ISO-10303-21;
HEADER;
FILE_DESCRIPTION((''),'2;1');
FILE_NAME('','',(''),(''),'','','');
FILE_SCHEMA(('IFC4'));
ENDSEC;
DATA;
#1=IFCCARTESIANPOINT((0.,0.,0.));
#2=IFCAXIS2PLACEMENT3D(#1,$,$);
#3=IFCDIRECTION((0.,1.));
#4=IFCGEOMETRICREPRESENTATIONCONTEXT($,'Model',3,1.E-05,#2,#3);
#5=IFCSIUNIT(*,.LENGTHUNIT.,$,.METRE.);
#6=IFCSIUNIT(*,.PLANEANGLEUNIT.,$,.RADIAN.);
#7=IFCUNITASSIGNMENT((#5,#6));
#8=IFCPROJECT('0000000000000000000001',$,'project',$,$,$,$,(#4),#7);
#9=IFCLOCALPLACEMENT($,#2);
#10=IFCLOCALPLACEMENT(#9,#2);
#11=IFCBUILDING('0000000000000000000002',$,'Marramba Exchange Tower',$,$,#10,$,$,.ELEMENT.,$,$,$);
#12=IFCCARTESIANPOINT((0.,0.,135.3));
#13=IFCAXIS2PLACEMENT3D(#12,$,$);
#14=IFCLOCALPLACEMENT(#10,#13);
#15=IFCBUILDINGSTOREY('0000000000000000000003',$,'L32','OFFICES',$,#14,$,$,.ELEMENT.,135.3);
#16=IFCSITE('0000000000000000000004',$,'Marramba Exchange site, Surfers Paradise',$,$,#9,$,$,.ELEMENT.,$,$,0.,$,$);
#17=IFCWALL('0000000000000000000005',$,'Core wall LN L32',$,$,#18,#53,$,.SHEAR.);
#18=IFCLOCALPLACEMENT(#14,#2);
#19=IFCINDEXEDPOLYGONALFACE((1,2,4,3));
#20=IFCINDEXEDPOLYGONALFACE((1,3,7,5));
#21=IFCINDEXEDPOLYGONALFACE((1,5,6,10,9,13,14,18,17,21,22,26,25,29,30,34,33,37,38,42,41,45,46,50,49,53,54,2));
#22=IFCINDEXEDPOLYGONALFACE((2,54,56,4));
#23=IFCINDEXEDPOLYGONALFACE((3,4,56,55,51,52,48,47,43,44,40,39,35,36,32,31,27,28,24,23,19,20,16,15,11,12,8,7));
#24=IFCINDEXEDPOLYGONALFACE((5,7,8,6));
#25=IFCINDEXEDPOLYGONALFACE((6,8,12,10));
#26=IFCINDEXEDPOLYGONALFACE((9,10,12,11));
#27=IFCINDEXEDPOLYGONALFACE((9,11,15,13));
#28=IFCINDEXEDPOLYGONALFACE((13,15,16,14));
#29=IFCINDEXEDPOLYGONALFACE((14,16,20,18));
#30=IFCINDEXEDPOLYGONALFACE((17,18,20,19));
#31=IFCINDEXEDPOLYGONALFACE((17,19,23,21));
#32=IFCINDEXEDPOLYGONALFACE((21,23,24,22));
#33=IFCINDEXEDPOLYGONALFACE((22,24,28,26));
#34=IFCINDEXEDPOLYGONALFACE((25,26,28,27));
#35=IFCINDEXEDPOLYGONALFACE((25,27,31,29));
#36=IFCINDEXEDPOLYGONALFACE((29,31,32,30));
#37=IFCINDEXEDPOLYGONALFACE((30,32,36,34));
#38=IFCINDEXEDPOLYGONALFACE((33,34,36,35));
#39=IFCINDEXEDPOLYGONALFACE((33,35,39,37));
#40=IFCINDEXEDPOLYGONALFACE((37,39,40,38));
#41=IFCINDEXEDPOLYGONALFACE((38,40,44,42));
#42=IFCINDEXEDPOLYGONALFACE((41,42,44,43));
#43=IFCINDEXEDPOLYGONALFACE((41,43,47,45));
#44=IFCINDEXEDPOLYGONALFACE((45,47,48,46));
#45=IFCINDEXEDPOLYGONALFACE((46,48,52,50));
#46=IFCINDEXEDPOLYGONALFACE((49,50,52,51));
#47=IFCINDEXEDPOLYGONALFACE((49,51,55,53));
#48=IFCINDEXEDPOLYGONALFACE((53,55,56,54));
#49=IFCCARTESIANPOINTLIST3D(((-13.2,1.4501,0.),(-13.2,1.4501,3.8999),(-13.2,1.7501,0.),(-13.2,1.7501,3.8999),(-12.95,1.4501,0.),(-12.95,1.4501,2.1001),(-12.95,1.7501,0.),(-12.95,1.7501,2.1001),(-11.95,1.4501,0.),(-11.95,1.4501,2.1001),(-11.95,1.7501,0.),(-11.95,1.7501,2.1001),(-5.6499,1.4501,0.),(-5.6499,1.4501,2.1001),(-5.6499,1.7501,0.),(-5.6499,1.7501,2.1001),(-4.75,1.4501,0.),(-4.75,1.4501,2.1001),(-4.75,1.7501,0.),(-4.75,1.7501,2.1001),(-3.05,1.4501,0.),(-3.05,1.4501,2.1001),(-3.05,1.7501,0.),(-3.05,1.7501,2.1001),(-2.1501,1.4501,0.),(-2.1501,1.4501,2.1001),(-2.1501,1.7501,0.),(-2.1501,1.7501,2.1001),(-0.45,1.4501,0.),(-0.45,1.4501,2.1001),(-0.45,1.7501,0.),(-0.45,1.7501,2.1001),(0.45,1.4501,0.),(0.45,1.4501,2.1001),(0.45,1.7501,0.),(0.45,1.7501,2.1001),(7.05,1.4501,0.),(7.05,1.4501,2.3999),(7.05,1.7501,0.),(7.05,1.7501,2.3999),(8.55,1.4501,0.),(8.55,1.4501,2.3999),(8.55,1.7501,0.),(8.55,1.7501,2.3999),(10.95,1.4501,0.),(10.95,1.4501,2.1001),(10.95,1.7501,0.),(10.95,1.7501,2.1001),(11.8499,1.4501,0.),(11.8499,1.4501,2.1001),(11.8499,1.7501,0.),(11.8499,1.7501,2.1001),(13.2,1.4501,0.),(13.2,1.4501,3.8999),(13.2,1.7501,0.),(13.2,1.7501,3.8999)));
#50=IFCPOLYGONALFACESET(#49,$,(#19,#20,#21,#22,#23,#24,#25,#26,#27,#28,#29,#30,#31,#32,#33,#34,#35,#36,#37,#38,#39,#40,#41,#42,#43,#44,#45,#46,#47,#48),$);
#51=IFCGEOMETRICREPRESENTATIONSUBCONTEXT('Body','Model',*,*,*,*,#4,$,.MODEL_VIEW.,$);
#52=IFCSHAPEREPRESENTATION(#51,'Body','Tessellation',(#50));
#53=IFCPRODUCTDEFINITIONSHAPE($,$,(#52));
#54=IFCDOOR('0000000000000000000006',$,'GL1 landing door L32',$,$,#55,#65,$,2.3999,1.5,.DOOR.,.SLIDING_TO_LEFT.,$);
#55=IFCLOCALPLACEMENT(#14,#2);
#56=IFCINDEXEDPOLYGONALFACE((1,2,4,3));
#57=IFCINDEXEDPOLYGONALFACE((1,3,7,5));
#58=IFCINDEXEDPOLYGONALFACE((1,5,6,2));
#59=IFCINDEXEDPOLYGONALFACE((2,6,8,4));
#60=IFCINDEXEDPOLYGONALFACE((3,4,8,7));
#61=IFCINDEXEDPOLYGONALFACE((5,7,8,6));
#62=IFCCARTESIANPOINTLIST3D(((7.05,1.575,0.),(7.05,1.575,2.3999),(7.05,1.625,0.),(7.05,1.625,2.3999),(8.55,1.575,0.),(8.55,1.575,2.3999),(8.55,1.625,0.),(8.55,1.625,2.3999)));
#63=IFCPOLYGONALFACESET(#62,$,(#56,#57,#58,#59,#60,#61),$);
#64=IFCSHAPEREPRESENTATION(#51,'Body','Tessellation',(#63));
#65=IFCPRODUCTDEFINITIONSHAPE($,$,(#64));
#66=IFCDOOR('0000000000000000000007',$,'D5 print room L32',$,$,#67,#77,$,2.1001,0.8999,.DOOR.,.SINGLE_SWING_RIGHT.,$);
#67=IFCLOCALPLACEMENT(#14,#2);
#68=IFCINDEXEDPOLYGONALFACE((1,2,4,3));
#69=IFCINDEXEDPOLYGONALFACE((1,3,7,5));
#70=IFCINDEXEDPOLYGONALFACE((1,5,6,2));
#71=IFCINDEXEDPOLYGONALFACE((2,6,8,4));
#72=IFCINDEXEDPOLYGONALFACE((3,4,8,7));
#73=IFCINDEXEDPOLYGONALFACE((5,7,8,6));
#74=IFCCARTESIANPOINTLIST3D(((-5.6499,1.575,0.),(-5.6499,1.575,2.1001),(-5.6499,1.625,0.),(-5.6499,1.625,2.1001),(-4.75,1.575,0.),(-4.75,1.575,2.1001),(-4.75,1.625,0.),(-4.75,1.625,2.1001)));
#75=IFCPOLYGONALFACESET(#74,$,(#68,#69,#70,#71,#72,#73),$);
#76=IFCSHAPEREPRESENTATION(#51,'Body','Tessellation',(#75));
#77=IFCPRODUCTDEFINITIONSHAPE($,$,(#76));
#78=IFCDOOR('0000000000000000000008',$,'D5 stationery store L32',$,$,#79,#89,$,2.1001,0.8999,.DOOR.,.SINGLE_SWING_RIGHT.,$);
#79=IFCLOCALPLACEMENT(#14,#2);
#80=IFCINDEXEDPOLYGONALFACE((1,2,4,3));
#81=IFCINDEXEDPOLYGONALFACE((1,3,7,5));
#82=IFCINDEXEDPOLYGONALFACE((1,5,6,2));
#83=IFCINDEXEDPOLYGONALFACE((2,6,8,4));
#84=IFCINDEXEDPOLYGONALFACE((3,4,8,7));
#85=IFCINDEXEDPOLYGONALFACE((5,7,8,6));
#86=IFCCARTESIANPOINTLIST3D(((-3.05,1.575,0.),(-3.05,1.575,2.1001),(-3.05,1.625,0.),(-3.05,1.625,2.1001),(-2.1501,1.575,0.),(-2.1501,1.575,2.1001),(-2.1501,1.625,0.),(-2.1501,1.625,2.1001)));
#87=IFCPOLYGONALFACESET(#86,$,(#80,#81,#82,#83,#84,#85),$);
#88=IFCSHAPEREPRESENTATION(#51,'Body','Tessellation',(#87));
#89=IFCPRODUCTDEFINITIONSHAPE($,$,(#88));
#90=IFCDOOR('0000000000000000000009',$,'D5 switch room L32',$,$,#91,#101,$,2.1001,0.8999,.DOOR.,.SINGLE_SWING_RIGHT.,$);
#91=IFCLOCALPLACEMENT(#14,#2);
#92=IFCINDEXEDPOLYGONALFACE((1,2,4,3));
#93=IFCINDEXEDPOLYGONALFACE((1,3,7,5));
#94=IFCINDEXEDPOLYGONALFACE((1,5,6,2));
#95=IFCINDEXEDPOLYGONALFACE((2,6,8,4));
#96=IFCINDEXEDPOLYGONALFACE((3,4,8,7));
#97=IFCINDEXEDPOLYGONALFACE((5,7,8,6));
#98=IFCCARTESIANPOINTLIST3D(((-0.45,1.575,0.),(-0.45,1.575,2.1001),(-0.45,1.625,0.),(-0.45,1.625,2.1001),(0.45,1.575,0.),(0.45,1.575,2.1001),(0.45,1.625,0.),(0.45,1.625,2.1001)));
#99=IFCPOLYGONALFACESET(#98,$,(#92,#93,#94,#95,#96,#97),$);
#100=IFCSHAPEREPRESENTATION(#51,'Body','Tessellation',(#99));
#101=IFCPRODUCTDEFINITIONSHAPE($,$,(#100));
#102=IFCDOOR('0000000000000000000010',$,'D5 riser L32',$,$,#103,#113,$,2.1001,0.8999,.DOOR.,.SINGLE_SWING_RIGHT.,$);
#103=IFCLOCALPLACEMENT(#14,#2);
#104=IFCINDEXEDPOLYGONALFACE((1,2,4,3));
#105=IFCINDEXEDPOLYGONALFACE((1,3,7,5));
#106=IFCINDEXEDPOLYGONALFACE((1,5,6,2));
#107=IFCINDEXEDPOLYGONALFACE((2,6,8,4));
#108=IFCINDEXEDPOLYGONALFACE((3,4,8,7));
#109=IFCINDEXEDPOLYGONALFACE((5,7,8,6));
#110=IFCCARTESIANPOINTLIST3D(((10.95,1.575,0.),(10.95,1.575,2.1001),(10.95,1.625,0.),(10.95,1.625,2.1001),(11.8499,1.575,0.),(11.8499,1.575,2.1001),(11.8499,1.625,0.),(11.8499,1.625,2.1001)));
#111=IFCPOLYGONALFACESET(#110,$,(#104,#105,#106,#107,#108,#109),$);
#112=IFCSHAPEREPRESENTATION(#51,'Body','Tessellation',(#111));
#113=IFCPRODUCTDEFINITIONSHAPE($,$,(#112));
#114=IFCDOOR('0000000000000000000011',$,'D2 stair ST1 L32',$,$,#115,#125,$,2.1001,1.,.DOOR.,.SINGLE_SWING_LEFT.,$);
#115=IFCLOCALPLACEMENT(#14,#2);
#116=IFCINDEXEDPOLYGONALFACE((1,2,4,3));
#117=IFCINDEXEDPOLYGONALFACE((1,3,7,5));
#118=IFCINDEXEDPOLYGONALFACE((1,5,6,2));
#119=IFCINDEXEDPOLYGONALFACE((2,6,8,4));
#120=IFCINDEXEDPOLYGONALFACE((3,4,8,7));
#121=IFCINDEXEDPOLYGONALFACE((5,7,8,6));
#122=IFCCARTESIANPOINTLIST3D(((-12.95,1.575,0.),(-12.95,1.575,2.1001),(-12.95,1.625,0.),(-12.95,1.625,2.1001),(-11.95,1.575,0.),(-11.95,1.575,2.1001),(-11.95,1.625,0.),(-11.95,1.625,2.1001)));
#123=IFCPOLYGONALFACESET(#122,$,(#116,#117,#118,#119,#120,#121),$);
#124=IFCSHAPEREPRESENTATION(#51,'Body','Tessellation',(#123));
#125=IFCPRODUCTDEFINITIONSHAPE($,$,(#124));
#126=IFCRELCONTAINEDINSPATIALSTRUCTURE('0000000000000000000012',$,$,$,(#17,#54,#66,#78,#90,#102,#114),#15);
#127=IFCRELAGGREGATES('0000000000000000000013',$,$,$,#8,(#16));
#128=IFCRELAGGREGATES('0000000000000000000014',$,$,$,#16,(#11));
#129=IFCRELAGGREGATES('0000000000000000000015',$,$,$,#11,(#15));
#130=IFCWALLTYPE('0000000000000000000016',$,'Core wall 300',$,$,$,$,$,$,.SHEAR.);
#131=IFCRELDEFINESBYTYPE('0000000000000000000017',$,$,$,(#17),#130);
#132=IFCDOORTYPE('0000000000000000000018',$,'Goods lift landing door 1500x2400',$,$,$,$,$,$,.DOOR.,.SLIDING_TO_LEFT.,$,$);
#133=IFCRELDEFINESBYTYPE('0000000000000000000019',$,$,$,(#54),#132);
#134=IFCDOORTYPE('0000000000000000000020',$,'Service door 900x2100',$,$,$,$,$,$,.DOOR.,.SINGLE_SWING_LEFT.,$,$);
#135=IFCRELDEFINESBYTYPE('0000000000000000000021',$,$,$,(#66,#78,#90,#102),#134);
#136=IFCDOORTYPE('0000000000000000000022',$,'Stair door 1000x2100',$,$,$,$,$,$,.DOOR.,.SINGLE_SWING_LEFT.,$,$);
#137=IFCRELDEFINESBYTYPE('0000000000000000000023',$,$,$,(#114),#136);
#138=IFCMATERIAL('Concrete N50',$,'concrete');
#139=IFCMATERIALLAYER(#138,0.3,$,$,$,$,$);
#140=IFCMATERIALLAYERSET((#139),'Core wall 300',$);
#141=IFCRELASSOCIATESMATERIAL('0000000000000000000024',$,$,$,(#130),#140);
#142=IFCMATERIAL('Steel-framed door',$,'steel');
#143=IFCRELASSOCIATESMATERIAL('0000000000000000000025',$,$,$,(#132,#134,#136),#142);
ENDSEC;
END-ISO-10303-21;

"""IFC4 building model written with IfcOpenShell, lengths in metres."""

from ifc_helpers import new_model, si_unit, direction, frame, frame_2d, origin, place, context, subcontext, project, spatial, rectangle, extrude, material, layer, layer_set, type_object, element, fill, save


model = new_model("IFC4")

# Units and contexts
model_context = context("Model", 3, precision=1e-05, world=origin(), true_north=direction((0.0, 1.0)))
body_context = subcontext(model_context, "Body", "Model", "MODEL_VIEW")
ifc_project = project(units=[si_unit("LENGTHUNIT", "METRE"), si_unit("PLANEANGLEUNIT", "RADIAN")], contexts=[model_context])

# Site, building, storey
site_placement = place(None, origin())
site = spatial("IfcSite", under=ifc_project, at=site_placement, Name="Marramba Exchange site, Surfers Paradise", CompositionType="ELEMENT", RefElevation=0.0)
building_placement = place(site_placement, origin())
building = spatial("IfcBuilding", under=site, at=building_placement, Name="Marramba Exchange Tower", CompositionType="ELEMENT")
storey_placement = place(building_placement, frame((0.0, 0.0, 135.3)))
storey = spatial("IfcBuildingStorey", under=building, at=storey_placement, Name="L32", Description="OFFICES", CompositionType="ELEMENT", Elevation=135.3)

# Wall, openings, doors
ifc_material_1 = material(Name="Concrete N50", Category="concrete")
ifc_layer_1 = layer(ifc_material_1, 0.3)
ifc_layer_set_1 = layer_set([ifc_layer_1], Name="Core wall 300")
wall_type_1 = type_object("IfcWallType", Name="Core wall 300", PredefinedType="SHEAR", material=ifc_layer_set_1)
wall_1_placement = place(storey_placement, frame((-13.2, 1.6001, 0.0), z_axis=(0.0, 0.0, 1.0), x_axis=(1.0, 0.0, 0.0)))
wall_1 = element("IfcWall", 1, at=wall_1_placement, inside=storey, type_object=wall_type_1, Name="Core wall LN L32", PredefinedType="SHEAR", context=body_context, shape_type="SweptSolid", body=[
    extrude(rectangle(XDim=26.3999, YDim=0.3, at=frame_2d((13.2, 0.0))), origin(), (0.0, 0.0, 1.0), 3.8999),
])
opening_1_placement = place(wall_1_placement, frame((0.25, 0.0, 0.0)))
opening_1 = element("IfcOpeningElement", 2, at=opening_1_placement, cuts=wall_1, PredefinedType="OPENING", context=body_context, shape_type="SweptSolid", body=[
    extrude(rectangle(XDim=1.0, YDim=2.1001, at=frame_2d((0.5, 1.05))), frame((0.0, 0.1599, 0.0), z_axis=(0.0, -1.0, 0.0), x_axis=(1.0, 0.0, 0.0)), (0.0, 0.0, 1.0), 0.3201),
])
opening_2_placement = place(wall_1_placement, frame((20.25, 0.0, 0.0)))
opening_2 = element("IfcOpeningElement", 3, at=opening_2_placement, cuts=wall_1, PredefinedType="OPENING", context=body_context, shape_type="SweptSolid", body=[
    extrude(rectangle(XDim=1.5, YDim=2.3999, at=frame_2d((0.75, 1.2))), frame((0.0, 0.1599, 0.0), z_axis=(0.0, -1.0, 0.0), x_axis=(1.0, 0.0, 0.0)), (0.0, 0.0, 1.0), 0.3201),
])
opening_3_placement = place(wall_1_placement, frame((7.55, 0.0, 0.0)))
opening_3 = element("IfcOpeningElement", 4, at=opening_3_placement, cuts=wall_1, PredefinedType="OPENING", context=body_context, shape_type="SweptSolid", body=[
    extrude(rectangle(XDim=0.8999, YDim=2.1001, at=frame_2d((0.45, 1.05))), frame((0.0, 0.1599, 0.0), z_axis=(0.0, -1.0, 0.0), x_axis=(1.0, 0.0, 0.0)), (0.0, 0.0, 1.0), 0.3201),
])
opening_4_placement = place(wall_1_placement, frame((10.1499, 0.0, 0.0)))
opening_4 = element("IfcOpeningElement", 5, at=opening_4_placement, cuts=wall_1, PredefinedType="OPENING", context=body_context, shape_type="SweptSolid", body=[
    extrude(rectangle(XDim=0.8999, YDim=2.1001, at=frame_2d((0.45, 1.05))), frame((0.0, 0.1599, 0.0), z_axis=(0.0, -1.0, 0.0), x_axis=(1.0, 0.0, 0.0)), (0.0, 0.0, 1.0), 0.3201),
])
opening_5_placement = place(wall_1_placement, frame((12.75, 0.0, 0.0)))
opening_5 = element("IfcOpeningElement", 6, at=opening_5_placement, cuts=wall_1, PredefinedType="OPENING", context=body_context, shape_type="SweptSolid", body=[
    extrude(rectangle(XDim=0.8999, YDim=2.1001, at=frame_2d((0.45, 1.05))), frame((0.0, 0.1599, 0.0), z_axis=(0.0, -1.0, 0.0), x_axis=(1.0, 0.0, 0.0)), (0.0, 0.0, 1.0), 0.3201),
])
opening_6_placement = place(wall_1_placement, frame((24.1499, 0.0, 0.0)))
opening_6 = element("IfcOpeningElement", 7, at=opening_6_placement, cuts=wall_1, PredefinedType="OPENING", context=body_context, shape_type="SweptSolid", body=[
    extrude(rectangle(XDim=0.8999, YDim=2.1001, at=frame_2d((0.45, 1.05))), frame((0.0, 0.1599, 0.0), z_axis=(0.0, -1.0, 0.0), x_axis=(1.0, 0.0, 0.0)), (0.0, 0.0, 1.0), 0.3201),
])
ifc_material_2 = material(Name="Steel-framed door", Category="steel")
door_type_1 = type_object("IfcDoorType", Name="Goods lift landing door 1500x2400", OperationType="SLIDING_TO_LEFT", PredefinedType="DOOR", material=ifc_material_2)
door_1_placement = place(opening_2_placement, origin())
door_1 = element("IfcDoor", 8, at=door_1_placement, inside=storey, type_object=door_type_1, Name="GL1 landing door L32", OperationType="SLIDING_TO_LEFT", OverallHeight=2.3999, OverallWidth=1.5, PredefinedType="DOOR", context=body_context, shape_type="SweptSolid", body=[
    extrude(rectangle(XDim=1.5, YDim=2.3999, at=frame_2d((0.75, 1.2))), frame((0.0, 0.0249, 0.0), z_axis=(0.0, -1.0, 0.0), x_axis=(1.0, 0.0, 0.0)), (0.0, 0.0, 1.0), 0.05),
])
fill(opening_2, door_1)
door_type_2 = type_object("IfcDoorType", Name="Service door 900x2100", OperationType="SINGLE_SWING_LEFT", PredefinedType="DOOR", material=ifc_material_2)
door_2_placement = place(opening_3_placement, origin())
door_2 = element("IfcDoor", 9, at=door_2_placement, inside=storey, type_object=door_type_2, Name="D5 print room L32", OperationType="SINGLE_SWING_RIGHT", OverallHeight=2.1001, OverallWidth=0.8999, PredefinedType="DOOR", context=body_context, shape_type="SweptSolid", body=[
    extrude(rectangle(XDim=0.8999, YDim=2.1001, at=frame_2d((0.45, 1.05))), frame((0.0, 0.0249, 0.0), z_axis=(0.0, -1.0, 0.0), x_axis=(1.0, 0.0, 0.0)), (0.0, 0.0, 1.0), 0.05),
])
fill(opening_3, door_2)
door_3_placement = place(opening_4_placement, origin())
door_3 = element("IfcDoor", 10, at=door_3_placement, inside=storey, type_object=door_type_2, Name="D5 stationery store L32", OperationType="SINGLE_SWING_RIGHT", OverallHeight=2.1001, OverallWidth=0.8999, PredefinedType="DOOR", context=body_context, shape_type="SweptSolid", body=[
    extrude(rectangle(XDim=0.8999, YDim=2.1001, at=frame_2d((0.45, 1.05))), frame((0.0, 0.0249, 0.0), z_axis=(0.0, -1.0, 0.0), x_axis=(1.0, 0.0, 0.0)), (0.0, 0.0, 1.0), 0.05),
])
fill(opening_4, door_3)
door_4_placement = place(opening_5_placement, origin())
door_4 = element("IfcDoor", 11, at=door_4_placement, inside=storey, type_object=door_type_2, Name="D5 switch room L32", OperationType="SINGLE_SWING_RIGHT", OverallHeight=2.1001, OverallWidth=0.8999, PredefinedType="DOOR", context=body_context, shape_type="SweptSolid", body=[
    extrude(rectangle(XDim=0.8999, YDim=2.1001, at=frame_2d((0.45, 1.05))), frame((0.0, 0.0249, 0.0), z_axis=(0.0, -1.0, 0.0), x_axis=(1.0, 0.0, 0.0)), (0.0, 0.0, 1.0), 0.05),
])
fill(opening_5, door_4)
door_5_placement = place(opening_6_placement, origin())
door_5 = element("IfcDoor", 12, at=door_5_placement, inside=storey, type_object=door_type_2, Name="D5 riser L32", OperationType="SINGLE_SWING_RIGHT", OverallHeight=2.1001, OverallWidth=0.8999, PredefinedType="DOOR", context=body_context, shape_type="SweptSolid", body=[
    extrude(rectangle(XDim=0.8999, YDim=2.1001, at=frame_2d((0.45, 1.05))), frame((0.0, 0.0249, 0.0), z_axis=(0.0, -1.0, 0.0), x_axis=(1.0, 0.0, 0.0)), (0.0, 0.0, 1.0), 0.05),
])
fill(opening_6, door_5)
door_type_3 = type_object("IfcDoorType", Name="Stair door 1000x2100", OperationType="SINGLE_SWING_LEFT", PredefinedType="DOOR", material=ifc_material_2)
door_6_placement = place(opening_1_placement, origin())
door_6 = element("IfcDoor", 13, at=door_6_placement, inside=storey, type_object=door_type_3, Name="D2 stair ST1 L32", OperationType="SINGLE_SWING_LEFT", OverallHeight=2.1001, OverallWidth=1.0, PredefinedType="DOOR", context=body_context, shape_type="SweptSolid", body=[
    extrude(rectangle(XDim=1.0, YDim=2.1001, at=frame_2d((0.5, 1.05))), frame((0.0, 0.0249, 0.0), z_axis=(0.0, -1.0, 0.0), x_axis=(1.0, 0.0, 0.0)), (0.0, 0.0, 1.0), 0.05),
])
fill(opening_1, door_6)

save(model, "model.ifc")
